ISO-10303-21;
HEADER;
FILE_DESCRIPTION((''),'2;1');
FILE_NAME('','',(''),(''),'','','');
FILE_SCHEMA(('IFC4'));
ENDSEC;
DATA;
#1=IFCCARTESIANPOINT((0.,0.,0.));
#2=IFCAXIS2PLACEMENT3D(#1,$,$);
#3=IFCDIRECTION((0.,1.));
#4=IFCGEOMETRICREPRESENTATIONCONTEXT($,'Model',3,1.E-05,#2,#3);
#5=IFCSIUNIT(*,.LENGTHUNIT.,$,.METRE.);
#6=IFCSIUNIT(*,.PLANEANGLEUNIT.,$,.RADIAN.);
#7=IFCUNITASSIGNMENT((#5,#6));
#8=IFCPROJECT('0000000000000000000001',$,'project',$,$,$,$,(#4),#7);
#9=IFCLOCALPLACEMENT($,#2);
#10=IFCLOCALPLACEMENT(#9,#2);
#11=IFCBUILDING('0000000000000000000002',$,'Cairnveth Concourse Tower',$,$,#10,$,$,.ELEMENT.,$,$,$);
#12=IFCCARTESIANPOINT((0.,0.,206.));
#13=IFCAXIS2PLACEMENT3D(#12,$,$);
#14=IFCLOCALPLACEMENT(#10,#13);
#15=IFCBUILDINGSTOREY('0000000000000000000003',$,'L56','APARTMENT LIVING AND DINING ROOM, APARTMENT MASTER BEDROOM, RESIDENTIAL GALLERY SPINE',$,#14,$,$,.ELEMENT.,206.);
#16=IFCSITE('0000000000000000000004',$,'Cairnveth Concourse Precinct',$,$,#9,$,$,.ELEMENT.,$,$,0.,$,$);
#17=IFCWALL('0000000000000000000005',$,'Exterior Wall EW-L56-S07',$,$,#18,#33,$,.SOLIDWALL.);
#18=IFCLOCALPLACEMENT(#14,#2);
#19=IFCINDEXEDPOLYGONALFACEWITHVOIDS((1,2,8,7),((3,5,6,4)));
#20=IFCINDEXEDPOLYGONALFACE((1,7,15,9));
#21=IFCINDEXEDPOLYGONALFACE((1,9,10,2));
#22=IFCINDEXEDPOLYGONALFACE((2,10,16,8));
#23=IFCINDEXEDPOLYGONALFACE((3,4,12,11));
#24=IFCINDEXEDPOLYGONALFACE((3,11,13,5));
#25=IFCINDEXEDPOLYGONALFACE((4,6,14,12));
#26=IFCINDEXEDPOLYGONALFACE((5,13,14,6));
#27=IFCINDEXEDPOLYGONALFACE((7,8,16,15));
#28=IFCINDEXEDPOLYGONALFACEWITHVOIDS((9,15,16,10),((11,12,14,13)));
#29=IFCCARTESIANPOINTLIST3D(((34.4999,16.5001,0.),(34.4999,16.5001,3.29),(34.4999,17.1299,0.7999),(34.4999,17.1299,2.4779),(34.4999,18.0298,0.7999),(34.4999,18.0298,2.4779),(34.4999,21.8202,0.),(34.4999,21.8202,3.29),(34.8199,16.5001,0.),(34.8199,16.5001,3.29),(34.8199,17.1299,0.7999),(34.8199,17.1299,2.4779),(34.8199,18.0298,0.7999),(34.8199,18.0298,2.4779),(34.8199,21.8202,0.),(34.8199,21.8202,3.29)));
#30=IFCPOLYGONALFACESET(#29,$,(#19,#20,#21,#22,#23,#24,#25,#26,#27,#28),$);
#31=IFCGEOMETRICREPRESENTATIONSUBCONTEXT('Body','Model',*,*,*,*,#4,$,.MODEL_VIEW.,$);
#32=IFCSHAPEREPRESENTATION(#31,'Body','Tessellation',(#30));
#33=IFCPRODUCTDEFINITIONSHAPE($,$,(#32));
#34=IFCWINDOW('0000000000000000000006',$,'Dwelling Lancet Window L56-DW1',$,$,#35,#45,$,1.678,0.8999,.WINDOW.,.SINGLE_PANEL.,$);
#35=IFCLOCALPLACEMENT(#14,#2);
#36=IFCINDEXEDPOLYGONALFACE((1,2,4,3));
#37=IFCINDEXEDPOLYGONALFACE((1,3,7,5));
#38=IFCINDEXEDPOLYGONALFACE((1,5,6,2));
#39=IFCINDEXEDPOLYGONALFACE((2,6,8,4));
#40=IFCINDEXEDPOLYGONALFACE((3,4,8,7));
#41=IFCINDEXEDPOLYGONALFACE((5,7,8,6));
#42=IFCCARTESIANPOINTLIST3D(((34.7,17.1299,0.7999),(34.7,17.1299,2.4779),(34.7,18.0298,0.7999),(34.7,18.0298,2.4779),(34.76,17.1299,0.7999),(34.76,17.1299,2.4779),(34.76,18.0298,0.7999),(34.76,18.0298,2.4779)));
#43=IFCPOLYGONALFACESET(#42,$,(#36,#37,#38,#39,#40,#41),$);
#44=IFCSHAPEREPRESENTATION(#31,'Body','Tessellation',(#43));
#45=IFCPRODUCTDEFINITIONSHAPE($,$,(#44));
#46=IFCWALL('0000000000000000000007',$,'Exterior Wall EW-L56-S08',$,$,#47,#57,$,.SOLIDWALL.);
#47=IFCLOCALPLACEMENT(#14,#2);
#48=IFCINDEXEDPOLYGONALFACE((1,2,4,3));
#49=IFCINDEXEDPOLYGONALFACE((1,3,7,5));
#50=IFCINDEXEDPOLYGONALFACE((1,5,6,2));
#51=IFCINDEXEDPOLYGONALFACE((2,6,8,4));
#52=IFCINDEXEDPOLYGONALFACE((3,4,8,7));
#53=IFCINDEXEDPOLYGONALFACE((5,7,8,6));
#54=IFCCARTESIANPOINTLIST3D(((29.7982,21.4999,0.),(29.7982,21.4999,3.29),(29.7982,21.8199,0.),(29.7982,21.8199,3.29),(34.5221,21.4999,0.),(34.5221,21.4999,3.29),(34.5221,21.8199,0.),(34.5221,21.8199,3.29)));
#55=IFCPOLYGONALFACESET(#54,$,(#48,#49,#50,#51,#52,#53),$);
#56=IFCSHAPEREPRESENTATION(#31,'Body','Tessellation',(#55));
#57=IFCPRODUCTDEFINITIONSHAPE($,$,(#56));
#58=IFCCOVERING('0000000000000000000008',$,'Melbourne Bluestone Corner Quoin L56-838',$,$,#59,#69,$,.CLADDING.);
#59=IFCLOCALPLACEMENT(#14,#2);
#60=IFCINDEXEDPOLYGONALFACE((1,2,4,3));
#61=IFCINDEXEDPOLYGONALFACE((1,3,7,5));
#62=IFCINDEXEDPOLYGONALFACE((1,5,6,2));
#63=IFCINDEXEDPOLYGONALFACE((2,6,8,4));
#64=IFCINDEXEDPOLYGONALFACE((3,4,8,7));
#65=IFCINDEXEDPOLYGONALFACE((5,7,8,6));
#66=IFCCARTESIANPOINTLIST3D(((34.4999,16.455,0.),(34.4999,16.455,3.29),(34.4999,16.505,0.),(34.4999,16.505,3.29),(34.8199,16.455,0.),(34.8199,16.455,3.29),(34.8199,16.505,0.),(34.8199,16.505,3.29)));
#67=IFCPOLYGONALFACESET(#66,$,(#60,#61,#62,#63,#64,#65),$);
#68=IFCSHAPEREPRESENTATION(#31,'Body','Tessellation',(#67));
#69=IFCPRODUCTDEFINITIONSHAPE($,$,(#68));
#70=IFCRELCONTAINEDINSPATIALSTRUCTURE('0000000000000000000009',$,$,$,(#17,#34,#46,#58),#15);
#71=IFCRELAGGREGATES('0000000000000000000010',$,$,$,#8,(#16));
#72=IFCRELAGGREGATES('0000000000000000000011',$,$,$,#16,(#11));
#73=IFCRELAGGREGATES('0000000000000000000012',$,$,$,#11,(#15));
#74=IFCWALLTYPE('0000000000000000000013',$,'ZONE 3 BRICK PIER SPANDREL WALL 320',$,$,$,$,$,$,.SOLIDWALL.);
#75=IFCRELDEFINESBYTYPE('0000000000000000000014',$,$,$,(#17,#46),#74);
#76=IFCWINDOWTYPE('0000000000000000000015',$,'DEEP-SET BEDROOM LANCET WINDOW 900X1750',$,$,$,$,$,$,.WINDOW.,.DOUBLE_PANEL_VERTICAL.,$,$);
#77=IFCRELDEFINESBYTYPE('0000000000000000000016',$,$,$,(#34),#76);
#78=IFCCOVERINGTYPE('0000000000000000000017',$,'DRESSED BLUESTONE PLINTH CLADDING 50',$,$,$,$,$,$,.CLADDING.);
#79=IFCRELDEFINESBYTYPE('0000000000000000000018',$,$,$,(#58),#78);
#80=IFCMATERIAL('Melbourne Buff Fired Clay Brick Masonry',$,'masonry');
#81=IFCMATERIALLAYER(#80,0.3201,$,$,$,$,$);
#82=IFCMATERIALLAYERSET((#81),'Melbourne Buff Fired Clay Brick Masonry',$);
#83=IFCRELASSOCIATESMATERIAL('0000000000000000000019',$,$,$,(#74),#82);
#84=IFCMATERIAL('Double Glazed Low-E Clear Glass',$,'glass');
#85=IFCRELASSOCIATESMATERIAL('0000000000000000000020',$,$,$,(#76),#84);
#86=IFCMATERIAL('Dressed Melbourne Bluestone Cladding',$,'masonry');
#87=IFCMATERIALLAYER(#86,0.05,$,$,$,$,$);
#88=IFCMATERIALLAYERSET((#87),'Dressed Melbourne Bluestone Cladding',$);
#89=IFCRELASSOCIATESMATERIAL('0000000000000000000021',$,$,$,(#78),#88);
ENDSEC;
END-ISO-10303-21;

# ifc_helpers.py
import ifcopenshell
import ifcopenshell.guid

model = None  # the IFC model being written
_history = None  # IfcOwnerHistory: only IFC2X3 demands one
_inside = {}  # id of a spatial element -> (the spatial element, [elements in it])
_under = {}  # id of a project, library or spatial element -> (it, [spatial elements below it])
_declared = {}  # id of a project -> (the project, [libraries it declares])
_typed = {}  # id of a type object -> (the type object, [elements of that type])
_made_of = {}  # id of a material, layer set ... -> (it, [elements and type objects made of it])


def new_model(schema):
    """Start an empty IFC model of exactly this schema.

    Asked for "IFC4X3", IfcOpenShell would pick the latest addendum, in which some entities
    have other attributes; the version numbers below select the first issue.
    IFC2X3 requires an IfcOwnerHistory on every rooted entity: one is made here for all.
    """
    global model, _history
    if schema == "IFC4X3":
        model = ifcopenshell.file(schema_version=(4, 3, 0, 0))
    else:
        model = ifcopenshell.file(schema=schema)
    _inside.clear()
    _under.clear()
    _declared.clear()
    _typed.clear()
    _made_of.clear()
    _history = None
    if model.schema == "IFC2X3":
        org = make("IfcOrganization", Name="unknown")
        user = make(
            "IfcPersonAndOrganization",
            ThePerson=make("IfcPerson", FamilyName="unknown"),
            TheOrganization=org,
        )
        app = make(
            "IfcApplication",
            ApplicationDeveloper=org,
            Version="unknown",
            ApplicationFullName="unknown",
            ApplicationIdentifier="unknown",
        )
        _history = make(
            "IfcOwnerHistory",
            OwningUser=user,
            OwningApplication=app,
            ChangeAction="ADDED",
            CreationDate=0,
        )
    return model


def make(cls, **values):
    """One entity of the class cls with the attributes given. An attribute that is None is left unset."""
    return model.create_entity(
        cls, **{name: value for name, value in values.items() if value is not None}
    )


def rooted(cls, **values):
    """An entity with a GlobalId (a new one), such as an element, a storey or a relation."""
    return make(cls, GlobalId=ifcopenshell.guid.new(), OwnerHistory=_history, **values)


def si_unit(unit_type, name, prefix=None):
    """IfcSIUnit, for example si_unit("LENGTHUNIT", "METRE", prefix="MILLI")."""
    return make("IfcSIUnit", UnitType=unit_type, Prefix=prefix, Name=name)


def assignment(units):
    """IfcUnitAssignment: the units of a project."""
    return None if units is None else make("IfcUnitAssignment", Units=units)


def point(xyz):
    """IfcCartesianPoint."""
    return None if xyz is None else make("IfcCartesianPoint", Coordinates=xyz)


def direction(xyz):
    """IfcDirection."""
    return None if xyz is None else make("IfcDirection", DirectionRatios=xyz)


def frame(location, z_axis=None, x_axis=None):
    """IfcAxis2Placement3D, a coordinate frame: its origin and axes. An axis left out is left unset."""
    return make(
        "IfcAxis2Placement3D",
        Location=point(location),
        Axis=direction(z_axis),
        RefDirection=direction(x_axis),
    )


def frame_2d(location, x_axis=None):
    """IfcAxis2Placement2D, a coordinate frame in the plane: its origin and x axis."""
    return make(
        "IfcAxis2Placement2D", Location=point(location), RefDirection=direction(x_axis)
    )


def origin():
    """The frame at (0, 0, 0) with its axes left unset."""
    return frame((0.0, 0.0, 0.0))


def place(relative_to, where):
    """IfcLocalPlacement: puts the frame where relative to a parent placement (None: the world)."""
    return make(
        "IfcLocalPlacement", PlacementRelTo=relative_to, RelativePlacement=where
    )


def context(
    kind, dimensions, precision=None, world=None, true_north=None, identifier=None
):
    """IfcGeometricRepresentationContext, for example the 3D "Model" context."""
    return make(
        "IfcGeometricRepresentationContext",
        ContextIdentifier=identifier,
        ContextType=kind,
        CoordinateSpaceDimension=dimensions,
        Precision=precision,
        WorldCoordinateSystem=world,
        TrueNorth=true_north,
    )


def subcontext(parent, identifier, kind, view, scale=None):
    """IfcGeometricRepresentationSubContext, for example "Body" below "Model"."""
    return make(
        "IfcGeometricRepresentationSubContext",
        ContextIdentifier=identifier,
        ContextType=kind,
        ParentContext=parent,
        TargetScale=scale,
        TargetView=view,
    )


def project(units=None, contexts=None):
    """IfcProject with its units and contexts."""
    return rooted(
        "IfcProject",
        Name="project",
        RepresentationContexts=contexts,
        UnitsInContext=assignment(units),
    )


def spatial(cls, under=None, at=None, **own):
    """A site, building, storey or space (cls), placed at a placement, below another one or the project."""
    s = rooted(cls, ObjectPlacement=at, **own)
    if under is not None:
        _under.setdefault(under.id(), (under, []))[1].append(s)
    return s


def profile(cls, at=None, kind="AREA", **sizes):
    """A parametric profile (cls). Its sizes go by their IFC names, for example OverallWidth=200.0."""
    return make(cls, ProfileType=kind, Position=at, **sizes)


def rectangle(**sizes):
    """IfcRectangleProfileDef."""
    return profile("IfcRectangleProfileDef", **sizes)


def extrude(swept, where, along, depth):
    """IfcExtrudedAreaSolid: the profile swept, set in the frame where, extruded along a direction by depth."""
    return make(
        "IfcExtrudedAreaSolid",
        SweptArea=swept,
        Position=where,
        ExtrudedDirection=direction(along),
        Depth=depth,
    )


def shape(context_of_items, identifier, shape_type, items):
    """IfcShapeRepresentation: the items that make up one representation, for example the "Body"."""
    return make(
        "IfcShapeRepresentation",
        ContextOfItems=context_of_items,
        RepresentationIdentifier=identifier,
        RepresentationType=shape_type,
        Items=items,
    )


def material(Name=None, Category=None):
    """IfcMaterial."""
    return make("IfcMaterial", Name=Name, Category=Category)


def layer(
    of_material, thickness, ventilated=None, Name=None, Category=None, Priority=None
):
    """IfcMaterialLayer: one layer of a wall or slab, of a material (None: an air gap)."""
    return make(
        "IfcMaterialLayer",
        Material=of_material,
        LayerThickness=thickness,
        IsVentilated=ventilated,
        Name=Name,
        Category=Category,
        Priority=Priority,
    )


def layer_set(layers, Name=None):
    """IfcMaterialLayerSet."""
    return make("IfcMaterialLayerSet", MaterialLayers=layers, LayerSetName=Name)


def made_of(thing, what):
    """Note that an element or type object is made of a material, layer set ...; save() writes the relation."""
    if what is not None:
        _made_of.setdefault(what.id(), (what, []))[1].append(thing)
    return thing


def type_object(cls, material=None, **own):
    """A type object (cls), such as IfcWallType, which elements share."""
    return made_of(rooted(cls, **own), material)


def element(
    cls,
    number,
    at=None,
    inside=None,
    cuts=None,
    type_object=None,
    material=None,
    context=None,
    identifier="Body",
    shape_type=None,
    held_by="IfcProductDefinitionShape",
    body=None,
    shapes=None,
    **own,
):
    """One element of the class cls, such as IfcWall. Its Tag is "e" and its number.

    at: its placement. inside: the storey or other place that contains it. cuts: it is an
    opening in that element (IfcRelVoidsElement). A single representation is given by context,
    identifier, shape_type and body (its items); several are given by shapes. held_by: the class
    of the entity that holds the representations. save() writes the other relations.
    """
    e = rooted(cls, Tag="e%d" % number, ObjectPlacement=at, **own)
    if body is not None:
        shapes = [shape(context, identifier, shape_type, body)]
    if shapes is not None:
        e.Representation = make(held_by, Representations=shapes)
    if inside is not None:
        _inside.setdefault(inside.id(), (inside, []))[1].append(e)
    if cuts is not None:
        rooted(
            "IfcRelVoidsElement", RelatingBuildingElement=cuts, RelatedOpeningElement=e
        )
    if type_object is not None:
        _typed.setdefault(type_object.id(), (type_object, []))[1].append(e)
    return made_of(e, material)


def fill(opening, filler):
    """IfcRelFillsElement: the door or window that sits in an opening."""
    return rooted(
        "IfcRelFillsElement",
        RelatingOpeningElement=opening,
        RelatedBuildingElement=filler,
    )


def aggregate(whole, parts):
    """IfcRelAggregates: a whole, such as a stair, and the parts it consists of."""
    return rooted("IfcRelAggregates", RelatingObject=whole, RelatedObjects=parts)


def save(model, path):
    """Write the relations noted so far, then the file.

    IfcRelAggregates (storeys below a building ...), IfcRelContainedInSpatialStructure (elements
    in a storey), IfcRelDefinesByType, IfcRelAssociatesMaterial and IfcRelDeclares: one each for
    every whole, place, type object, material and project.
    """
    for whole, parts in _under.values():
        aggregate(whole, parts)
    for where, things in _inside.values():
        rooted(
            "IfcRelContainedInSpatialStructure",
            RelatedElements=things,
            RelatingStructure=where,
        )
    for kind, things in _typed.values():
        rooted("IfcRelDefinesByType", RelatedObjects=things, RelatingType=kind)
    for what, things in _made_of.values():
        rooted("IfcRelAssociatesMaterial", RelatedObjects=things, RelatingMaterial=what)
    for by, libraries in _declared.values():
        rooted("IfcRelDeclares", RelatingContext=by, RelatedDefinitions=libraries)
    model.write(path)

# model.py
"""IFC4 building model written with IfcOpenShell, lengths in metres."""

from ifc_helpers import new_model, si_unit, direction, frame, frame_2d, origin, place, context, subcontext, project, spatial, rectangle, extrude, material, layer, layer_set, type_object, element, fill, save


model = new_model("IFC4")

# Units and contexts
model_context = context("Model", 3, precision=1e-05, world=origin(), true_north=direction((0.0, 1.0)))
body_context = subcontext(model_context, "Body", "Model", "MODEL_VIEW")
ifc_project = project(units=[si_unit("LENGTHUNIT", "METRE"), si_unit("PLANEANGLEUNIT", "RADIAN")], contexts=[model_context])

# Site, building, storey
site_placement = place(None, origin())
site = spatial("IfcSite", under=ifc_project, at=site_placement, Name="Cairnveth Concourse Precinct", CompositionType="ELEMENT", RefElevation=0.0)
building_placement = place(site_placement, origin())
building = spatial("IfcBuilding", under=site, at=building_placement, Name="Cairnveth Concourse Tower", CompositionType="ELEMENT")
storey_placement = place(building_placement, frame((0.0, 0.0, 206.0)))
storey = spatial("IfcBuildingStorey", under=building, at=storey_placement, Name="L56", Description="APARTMENT LIVING AND DINING ROOM, APARTMENT MASTER BEDROOM, RESIDENTIAL GALLERY SPINE", CompositionType="ELEMENT", Elevation=206.0)

# Wall, opening, window
ifc_material_1 = material(Name="Melbourne Buff Fired Clay Brick Masonry", Category="masonry")
ifc_layer_1 = layer(ifc_material_1, 0.3201)
ifc_layer_set_1 = layer_set([ifc_layer_1], Name="Melbourne Buff Fired Clay Brick Masonry")
wall_type_1 = type_object("IfcWallType", Name="ZONE 3 BRICK PIER SPANDREL WALL 320", PredefinedType="SOLIDWALL", material=ifc_layer_set_1)
wall_1_placement = place(storey_placement, frame((34.6599, 16.5, 0.0), z_axis=(0.0, 0.0, 1.0), x_axis=(0.0, 1.0, 0.0)))
wall_1 = element("IfcWall", 1, at=wall_1_placement, inside=storey, type_object=wall_type_1, Name="Exterior Wall EW-L56-S07", PredefinedType="SOLIDWALL", context=body_context, shape_type="SweptSolid", body=[
    extrude(rectangle(XDim=5.3201, YDim=0.3201, at=frame_2d((2.6602, 0.0))), origin(), (0.0, 0.0, 1.0), 3.29),
])
opening_1_placement = place(wall_1_placement, frame((0.6299, 0.0, 0.8)))
opening_1 = element("IfcOpeningElement", 2, at=opening_1_placement, cuts=wall_1, PredefinedType="OPENING", context=body_context, shape_type="SweptSolid", body=[
    extrude(rectangle(XDim=0.8999, YDim=1.678, at=frame_2d((0.45, 0.8389))), frame((0.0, 0.1699, 0.0), z_axis=(0.0, -1.0, 0.0), x_axis=(1.0, 0.0, 0.0)), (0.0, 0.0, 1.0), 0.3401),
])
ifc_material_2 = material(Name="Double Glazed Low-E Clear Glass", Category="glass")
window_type = type_object("IfcWindowType", Name="DEEP-SET BEDROOM LANCET WINDOW 900X1750", PartitioningType="DOUBLE_PANEL_VERTICAL", PredefinedType="WINDOW", material=ifc_material_2)
window_placement = place(opening_1_placement, origin())
window = element("IfcWindow", 3, at=window_placement, inside=storey, type_object=window_type, Name="Dwelling Lancet Window L56-DW1", OverallHeight=1.678, OverallWidth=0.8999, PartitioningType="SINGLE_PANEL", PredefinedType="WINDOW", context=body_context, shape_type="SweptSolid", body=[
    extrude(rectangle(XDim=0.8999, YDim=1.678, at=frame_2d((0.45, 0.8389))), frame((0.0, -0.04, 0.0), z_axis=(0.0, -1.0, 0.0), x_axis=(1.0, 0.0, 0.0)), (0.0, 0.0, 1.0), 0.0601),
])
fill(opening_1, window)

# Wall
wall_2_placement = place(storey_placement, frame((34.522, 21.6599, 0.0), z_axis=(0.0, 0.0, 1.0), x_axis=(-1.0, 0.0, 0.0)))
element("IfcWall", 4, at=wall_2_placement, inside=storey, type_object=wall_type_1, Name="Exterior Wall EW-L56-S08", PredefinedType="SOLIDWALL", context=body_context, shape_type="SweptSolid", body=[
    extrude(rectangle(XDim=4.7239, YDim=0.3201, at=frame_2d((2.3618, 0.0))), origin(), (0.0, 0.0, 1.0), 3.29),
])

# Covering
ifc_material_3 = material(Name="Dressed Melbourne Bluestone Cladding", Category="masonry")
ifc_layer_2 = layer(ifc_material_3, 0.05)
ifc_layer_set_2 = layer_set([ifc_layer_2], Name="Dressed Melbourne Bluestone Cladding")
covering_type = type_object("IfcCoveringType", Name="DRESSED BLUESTONE PLINTH CLADDING 50", PredefinedType="CLADDING", material=ifc_layer_set_2)
covering_placement = place(storey_placement, frame((34.8201, 16.48, 0.0), z_axis=(0.0, 0.0, 1.0), x_axis=(-1.0, 0.0, 0.0)))
element("IfcCovering", 5, at=covering_placement, inside=storey, type_object=covering_type, Name="Melbourne Bluestone Corner Quoin L56-838", PredefinedType="CLADDING", context=body_context, shape_type="SweptSolid", body=[
    extrude(rectangle(XDim=0.3201, YDim=0.05, at=frame_2d((0.1602, 0.0))), origin(), (0.0, 0.0, 1.0), 3.29),
])

save(model, "model.ifc")
